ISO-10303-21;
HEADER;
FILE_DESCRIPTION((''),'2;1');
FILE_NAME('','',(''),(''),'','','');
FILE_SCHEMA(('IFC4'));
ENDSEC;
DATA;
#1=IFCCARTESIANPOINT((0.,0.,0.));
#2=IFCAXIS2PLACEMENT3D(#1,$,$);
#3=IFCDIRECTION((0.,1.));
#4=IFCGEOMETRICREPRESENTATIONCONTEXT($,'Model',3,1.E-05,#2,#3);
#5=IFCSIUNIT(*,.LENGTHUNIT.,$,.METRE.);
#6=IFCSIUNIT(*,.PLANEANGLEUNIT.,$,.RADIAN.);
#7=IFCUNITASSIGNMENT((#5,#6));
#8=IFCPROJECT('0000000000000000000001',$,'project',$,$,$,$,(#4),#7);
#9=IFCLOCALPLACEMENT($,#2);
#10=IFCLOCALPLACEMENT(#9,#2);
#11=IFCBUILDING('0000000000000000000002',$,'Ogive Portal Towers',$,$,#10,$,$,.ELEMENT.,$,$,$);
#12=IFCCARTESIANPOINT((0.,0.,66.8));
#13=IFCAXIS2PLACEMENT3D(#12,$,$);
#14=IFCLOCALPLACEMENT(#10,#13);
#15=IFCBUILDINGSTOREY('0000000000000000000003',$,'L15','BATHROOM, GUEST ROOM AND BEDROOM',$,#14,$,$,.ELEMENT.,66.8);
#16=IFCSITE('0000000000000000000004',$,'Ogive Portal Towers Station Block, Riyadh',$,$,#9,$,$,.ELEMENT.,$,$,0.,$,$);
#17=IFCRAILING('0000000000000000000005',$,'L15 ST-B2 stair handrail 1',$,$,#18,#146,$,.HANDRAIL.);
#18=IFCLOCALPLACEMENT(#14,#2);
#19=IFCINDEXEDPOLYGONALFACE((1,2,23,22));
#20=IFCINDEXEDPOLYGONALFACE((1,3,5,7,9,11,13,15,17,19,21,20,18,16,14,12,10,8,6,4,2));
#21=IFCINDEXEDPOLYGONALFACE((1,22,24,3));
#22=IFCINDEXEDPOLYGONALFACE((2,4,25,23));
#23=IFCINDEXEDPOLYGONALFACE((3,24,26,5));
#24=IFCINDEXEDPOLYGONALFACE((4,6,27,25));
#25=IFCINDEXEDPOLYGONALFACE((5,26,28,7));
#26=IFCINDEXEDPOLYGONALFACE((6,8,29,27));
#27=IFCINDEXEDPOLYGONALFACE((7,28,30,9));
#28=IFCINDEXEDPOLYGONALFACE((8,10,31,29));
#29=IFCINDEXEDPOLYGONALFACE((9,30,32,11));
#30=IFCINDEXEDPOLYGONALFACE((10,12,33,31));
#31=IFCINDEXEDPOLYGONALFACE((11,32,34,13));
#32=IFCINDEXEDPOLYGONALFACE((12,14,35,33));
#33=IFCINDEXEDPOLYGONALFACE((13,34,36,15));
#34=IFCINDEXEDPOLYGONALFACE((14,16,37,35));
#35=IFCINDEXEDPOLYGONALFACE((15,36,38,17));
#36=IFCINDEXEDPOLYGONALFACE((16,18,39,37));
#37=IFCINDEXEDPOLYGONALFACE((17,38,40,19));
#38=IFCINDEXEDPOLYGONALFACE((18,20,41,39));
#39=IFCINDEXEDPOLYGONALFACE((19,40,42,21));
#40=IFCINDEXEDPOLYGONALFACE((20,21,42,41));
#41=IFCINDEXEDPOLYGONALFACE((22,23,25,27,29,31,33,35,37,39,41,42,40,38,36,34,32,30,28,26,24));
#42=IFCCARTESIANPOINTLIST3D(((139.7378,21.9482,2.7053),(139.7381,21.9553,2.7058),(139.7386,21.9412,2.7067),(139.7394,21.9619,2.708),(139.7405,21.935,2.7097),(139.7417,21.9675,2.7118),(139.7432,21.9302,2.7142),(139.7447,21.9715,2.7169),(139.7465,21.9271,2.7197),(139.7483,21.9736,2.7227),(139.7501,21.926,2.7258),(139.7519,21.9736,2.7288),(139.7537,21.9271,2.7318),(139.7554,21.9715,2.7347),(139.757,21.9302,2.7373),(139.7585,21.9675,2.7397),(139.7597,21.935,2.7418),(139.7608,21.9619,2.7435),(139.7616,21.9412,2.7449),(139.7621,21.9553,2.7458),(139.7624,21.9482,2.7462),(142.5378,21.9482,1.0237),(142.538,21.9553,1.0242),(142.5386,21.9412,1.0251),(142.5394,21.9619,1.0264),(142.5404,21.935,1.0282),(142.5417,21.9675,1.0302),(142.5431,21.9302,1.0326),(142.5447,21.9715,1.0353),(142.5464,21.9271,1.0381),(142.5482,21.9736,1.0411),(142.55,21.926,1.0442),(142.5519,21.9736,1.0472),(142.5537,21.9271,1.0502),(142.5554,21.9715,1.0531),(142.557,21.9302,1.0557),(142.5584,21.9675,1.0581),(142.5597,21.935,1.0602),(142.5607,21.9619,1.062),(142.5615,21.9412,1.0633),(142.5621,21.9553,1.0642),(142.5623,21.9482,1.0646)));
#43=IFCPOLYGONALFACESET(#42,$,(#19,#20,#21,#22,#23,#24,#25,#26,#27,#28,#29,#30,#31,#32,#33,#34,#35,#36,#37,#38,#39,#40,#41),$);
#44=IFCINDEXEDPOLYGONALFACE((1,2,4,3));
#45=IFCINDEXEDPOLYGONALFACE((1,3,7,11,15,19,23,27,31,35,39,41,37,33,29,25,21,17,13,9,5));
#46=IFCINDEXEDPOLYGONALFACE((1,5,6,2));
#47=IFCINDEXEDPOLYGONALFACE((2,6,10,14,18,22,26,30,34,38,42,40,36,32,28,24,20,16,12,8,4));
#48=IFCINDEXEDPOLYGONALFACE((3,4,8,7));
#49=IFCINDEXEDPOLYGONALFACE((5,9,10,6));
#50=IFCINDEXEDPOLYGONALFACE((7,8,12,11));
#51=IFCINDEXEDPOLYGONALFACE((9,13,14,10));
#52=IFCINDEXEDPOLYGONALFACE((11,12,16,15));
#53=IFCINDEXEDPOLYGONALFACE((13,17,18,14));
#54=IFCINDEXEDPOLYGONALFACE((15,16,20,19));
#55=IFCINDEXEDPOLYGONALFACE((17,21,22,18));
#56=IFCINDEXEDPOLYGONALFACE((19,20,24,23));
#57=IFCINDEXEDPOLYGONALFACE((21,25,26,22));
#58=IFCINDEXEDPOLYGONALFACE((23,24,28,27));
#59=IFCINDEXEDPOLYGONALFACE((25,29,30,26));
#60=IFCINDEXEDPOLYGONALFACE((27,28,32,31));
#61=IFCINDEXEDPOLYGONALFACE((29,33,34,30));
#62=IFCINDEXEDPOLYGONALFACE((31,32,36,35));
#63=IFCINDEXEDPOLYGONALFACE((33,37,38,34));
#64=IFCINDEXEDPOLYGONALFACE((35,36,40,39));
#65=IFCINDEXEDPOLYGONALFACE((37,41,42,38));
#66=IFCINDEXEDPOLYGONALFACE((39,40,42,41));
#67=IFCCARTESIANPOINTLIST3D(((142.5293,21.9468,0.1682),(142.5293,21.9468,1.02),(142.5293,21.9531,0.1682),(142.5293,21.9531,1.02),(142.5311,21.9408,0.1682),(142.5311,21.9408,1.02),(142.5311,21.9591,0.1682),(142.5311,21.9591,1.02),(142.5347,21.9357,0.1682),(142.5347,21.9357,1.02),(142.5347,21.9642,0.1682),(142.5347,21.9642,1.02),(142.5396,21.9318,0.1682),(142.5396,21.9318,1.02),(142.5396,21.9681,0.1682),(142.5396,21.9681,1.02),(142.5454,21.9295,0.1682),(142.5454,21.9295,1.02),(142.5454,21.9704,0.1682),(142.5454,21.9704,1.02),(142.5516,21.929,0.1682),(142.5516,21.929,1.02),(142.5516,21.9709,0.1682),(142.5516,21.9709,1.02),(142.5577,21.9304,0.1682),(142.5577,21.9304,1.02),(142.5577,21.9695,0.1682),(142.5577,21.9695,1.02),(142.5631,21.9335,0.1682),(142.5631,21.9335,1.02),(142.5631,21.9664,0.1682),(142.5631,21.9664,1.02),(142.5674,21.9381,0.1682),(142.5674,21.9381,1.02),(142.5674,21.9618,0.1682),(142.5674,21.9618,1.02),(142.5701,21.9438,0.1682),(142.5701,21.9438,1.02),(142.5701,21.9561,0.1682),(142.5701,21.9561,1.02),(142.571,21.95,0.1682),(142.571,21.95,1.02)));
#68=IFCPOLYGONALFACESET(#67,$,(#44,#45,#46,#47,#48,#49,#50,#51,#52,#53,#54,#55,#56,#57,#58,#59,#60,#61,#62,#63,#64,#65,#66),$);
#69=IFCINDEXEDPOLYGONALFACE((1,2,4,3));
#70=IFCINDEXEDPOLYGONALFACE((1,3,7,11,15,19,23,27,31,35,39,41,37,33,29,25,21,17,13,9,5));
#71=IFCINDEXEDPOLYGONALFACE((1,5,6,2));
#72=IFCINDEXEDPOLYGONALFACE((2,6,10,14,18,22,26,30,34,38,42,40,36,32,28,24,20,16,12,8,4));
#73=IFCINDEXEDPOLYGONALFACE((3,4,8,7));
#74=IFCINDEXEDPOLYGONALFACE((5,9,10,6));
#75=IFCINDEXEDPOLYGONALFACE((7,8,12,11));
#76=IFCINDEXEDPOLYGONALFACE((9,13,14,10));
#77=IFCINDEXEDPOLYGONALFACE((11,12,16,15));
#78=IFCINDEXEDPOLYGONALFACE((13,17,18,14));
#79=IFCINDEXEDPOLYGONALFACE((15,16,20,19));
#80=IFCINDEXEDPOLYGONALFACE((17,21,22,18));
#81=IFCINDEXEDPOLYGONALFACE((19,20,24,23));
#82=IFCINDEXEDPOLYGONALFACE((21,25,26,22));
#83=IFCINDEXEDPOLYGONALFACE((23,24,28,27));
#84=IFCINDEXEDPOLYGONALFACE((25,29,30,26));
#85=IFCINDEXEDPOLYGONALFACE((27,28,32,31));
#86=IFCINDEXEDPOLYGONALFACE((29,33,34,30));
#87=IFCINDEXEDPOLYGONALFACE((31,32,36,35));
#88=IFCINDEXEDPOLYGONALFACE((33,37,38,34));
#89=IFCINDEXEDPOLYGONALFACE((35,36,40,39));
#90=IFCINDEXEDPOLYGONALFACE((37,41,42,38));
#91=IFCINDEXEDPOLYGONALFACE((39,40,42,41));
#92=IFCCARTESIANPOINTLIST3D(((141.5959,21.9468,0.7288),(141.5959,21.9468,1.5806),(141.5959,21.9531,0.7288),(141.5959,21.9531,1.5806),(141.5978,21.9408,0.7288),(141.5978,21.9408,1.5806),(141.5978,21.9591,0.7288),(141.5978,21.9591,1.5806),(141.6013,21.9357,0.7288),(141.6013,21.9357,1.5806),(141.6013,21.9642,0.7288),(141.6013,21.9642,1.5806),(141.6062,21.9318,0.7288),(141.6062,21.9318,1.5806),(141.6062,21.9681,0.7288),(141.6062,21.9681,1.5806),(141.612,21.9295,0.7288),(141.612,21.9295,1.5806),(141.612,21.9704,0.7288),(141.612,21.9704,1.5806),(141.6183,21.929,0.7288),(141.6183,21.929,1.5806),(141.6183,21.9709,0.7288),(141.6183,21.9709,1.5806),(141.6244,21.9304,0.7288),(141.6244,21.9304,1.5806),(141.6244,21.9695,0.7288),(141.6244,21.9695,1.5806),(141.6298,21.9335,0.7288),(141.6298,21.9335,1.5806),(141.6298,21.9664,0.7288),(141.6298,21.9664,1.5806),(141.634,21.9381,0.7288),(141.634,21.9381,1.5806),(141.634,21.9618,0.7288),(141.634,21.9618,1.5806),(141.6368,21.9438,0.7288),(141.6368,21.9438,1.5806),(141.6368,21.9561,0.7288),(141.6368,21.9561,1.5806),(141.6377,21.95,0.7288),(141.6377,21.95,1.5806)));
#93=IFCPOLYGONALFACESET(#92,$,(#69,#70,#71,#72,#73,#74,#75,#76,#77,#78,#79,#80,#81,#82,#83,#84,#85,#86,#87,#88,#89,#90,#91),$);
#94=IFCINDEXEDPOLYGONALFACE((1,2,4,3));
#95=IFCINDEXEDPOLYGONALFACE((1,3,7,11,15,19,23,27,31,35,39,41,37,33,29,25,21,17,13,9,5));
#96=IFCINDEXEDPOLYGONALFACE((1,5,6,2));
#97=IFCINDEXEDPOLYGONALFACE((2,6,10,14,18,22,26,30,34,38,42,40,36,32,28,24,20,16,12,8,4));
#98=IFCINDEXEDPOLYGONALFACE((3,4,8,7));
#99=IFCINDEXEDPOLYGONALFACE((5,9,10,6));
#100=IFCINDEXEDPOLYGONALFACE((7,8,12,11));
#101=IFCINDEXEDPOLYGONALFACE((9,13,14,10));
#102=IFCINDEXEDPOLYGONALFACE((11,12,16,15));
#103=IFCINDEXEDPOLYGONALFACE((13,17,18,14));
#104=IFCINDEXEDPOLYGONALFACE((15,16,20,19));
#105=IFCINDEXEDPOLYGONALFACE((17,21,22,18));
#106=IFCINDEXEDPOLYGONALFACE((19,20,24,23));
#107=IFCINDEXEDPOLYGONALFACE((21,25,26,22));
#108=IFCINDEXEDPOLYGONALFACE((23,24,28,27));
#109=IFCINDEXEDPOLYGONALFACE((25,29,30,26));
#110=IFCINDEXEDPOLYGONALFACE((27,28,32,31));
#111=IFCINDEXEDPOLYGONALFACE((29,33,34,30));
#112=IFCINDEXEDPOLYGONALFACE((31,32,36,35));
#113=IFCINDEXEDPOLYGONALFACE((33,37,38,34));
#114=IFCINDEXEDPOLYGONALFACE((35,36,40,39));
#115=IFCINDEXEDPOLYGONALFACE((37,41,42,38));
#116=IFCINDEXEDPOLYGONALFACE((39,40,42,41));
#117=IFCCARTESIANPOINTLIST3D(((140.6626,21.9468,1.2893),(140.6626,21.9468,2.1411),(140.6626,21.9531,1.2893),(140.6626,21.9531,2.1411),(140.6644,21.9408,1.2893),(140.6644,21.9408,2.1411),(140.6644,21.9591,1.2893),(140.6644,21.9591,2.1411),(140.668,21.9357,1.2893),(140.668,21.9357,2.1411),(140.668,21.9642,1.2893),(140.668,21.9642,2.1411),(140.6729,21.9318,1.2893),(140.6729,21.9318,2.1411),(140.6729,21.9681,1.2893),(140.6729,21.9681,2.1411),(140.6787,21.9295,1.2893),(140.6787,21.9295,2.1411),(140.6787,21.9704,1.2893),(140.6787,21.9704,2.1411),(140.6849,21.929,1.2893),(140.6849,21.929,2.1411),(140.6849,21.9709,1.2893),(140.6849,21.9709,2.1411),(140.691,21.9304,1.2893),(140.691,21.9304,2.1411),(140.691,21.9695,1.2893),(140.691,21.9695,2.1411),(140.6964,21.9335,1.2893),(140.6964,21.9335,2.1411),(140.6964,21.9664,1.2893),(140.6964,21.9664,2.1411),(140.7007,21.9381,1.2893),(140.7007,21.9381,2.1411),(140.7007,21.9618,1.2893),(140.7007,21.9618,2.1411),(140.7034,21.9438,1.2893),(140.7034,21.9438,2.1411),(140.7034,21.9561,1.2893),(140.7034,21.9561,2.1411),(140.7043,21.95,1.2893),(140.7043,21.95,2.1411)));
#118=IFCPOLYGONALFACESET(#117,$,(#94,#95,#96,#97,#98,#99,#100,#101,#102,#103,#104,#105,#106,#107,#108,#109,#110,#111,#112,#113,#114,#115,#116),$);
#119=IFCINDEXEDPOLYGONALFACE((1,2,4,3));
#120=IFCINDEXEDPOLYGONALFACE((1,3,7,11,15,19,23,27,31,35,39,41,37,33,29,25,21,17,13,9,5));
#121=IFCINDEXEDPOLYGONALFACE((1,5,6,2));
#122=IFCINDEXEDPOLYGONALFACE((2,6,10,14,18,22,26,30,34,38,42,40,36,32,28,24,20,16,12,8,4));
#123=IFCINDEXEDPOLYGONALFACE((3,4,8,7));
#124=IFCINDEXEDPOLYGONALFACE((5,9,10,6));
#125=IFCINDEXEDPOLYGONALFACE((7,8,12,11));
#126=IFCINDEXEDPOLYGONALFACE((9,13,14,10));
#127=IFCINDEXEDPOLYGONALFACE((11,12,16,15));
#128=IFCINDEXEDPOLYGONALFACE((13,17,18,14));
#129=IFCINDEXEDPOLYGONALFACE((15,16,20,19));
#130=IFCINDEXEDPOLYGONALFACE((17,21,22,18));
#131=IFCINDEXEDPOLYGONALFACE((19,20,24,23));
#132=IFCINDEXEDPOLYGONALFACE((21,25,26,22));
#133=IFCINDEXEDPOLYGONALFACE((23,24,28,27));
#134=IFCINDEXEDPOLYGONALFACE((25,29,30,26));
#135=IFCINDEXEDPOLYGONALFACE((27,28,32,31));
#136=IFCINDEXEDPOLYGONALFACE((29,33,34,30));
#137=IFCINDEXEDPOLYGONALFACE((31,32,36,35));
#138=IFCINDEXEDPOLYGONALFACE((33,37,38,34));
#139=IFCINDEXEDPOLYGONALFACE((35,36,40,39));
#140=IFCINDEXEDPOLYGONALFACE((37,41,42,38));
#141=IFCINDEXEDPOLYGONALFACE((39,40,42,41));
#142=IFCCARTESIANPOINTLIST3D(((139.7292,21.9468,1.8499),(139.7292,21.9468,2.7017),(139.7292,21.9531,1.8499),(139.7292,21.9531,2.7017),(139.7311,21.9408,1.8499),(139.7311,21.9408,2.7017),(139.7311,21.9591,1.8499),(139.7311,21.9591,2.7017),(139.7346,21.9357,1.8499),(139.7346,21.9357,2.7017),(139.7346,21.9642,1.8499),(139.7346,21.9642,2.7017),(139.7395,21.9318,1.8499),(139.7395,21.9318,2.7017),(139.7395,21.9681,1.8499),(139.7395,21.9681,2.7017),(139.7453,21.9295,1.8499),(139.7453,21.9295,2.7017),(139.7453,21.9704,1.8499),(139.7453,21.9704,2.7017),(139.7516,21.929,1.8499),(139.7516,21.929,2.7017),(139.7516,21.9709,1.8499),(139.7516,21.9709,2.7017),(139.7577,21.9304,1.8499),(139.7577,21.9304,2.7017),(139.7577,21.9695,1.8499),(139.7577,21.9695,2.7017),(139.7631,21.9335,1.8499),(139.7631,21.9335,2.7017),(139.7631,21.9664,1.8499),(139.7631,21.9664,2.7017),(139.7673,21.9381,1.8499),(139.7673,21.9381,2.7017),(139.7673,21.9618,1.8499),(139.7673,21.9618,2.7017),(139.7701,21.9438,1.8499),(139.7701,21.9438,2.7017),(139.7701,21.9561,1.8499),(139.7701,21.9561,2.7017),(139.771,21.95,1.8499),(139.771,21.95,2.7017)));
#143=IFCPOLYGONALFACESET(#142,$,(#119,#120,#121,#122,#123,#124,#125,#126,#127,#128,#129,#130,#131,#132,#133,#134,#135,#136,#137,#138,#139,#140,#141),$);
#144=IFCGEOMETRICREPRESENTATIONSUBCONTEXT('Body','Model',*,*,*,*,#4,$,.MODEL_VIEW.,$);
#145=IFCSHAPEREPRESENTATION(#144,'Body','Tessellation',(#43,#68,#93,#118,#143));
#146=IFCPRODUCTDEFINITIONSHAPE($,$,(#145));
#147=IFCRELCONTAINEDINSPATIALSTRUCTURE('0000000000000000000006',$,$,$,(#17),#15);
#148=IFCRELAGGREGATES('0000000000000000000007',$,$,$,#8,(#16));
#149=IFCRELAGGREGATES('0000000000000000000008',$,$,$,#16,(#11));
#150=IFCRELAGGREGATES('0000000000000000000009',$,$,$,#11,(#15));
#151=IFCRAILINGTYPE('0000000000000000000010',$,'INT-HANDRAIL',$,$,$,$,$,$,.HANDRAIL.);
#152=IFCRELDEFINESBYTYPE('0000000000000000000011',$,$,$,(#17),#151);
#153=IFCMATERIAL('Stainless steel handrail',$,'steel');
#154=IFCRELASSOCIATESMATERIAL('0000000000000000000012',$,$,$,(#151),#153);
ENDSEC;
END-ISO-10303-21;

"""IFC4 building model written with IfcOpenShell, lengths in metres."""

from ifc_helpers import new_model, si_unit, direction, frame, origin, origin_2d, place, context, subcontext, project, spatial, circle, extrude, material, type_object, element, save


model = new_model("IFC4")

# Units and contexts
model_context = context("Model", 3, precision=1e-05, world=origin(), true_north=direction((0.0, 1.0)))
body_context = subcontext(model_context, "Body", "Model", "MODEL_VIEW")
ifc_project = project(units=[si_unit("LENGTHUNIT", "METRE"), si_unit("PLANEANGLEUNIT", "RADIAN")], contexts=[model_context])

# Site, building, storey
site_placement = place(None, origin())
site = spatial("IfcSite", under=ifc_project, at=site_placement, Name="Ogive Portal Towers Station Block, Riyadh", CompositionType="ELEMENT", RefElevation=0.0)
building_placement = place(site_placement, origin())
building = spatial("IfcBuilding", under=site, at=building_placement, Name="Ogive Portal Towers", CompositionType="ELEMENT")
storey_placement = place(building_placement, frame((0.0, 0.0, 66.8)))
storey = spatial("IfcBuildingStorey", under=building, at=storey_placement, Name="L15", Description="BATHROOM, GUEST ROOM AND BEDROOM", CompositionType="ELEMENT", Elevation=66.8)

# Railing
ifc_material_1 = material(Name="Stainless steel handrail", Category="steel")
railing_type_1 = type_object("IfcRailingType", Name="INT-HANDRAIL", PredefinedType="HANDRAIL", material=ifc_material_1)
railing_1_placement = place(storey_placement, frame((142.55, 21.95, 0.1682)))
element("IfcRailing", 1, at=railing_1_placement, inside=storey, type_object=railing_type_1, Name="L15 ST-B2 stair handrail 1", PredefinedType="HANDRAIL", context=body_context, shape_type="SweptSolid", body=[
    extrude(circle(Radius=0.0239, at=origin_2d()), frame((0.0, 0.0, 0.876), z_axis=(-0.857275, 0.0, 0.514858), x_axis=(0.0, -1.0, 0.0)), (0.0, 0.0, 1.0), 3.2661),
    extrude(circle(Radius=0.021, at=origin_2d()), origin(), (0.0, 0.0, 1.0), 0.8518),
    extrude(circle(Radius=0.021, at=origin_2d()), frame((-0.9333, 0.0, 0.5605)), (0.0, 0.0, 1.0), 0.8518),
    extrude(circle(Radius=0.021, at=origin_2d()), frame((-1.8667, 0.0, 1.1211)), (0.0, 0.0, 1.0), 0.8518),
    extrude(circle(Radius=0.021, at=origin_2d()), frame((-2.8, 0.0, 1.6816)), (0.0, 0.0, 1.0), 0.8518),
])

save(model, "model.ifc")
